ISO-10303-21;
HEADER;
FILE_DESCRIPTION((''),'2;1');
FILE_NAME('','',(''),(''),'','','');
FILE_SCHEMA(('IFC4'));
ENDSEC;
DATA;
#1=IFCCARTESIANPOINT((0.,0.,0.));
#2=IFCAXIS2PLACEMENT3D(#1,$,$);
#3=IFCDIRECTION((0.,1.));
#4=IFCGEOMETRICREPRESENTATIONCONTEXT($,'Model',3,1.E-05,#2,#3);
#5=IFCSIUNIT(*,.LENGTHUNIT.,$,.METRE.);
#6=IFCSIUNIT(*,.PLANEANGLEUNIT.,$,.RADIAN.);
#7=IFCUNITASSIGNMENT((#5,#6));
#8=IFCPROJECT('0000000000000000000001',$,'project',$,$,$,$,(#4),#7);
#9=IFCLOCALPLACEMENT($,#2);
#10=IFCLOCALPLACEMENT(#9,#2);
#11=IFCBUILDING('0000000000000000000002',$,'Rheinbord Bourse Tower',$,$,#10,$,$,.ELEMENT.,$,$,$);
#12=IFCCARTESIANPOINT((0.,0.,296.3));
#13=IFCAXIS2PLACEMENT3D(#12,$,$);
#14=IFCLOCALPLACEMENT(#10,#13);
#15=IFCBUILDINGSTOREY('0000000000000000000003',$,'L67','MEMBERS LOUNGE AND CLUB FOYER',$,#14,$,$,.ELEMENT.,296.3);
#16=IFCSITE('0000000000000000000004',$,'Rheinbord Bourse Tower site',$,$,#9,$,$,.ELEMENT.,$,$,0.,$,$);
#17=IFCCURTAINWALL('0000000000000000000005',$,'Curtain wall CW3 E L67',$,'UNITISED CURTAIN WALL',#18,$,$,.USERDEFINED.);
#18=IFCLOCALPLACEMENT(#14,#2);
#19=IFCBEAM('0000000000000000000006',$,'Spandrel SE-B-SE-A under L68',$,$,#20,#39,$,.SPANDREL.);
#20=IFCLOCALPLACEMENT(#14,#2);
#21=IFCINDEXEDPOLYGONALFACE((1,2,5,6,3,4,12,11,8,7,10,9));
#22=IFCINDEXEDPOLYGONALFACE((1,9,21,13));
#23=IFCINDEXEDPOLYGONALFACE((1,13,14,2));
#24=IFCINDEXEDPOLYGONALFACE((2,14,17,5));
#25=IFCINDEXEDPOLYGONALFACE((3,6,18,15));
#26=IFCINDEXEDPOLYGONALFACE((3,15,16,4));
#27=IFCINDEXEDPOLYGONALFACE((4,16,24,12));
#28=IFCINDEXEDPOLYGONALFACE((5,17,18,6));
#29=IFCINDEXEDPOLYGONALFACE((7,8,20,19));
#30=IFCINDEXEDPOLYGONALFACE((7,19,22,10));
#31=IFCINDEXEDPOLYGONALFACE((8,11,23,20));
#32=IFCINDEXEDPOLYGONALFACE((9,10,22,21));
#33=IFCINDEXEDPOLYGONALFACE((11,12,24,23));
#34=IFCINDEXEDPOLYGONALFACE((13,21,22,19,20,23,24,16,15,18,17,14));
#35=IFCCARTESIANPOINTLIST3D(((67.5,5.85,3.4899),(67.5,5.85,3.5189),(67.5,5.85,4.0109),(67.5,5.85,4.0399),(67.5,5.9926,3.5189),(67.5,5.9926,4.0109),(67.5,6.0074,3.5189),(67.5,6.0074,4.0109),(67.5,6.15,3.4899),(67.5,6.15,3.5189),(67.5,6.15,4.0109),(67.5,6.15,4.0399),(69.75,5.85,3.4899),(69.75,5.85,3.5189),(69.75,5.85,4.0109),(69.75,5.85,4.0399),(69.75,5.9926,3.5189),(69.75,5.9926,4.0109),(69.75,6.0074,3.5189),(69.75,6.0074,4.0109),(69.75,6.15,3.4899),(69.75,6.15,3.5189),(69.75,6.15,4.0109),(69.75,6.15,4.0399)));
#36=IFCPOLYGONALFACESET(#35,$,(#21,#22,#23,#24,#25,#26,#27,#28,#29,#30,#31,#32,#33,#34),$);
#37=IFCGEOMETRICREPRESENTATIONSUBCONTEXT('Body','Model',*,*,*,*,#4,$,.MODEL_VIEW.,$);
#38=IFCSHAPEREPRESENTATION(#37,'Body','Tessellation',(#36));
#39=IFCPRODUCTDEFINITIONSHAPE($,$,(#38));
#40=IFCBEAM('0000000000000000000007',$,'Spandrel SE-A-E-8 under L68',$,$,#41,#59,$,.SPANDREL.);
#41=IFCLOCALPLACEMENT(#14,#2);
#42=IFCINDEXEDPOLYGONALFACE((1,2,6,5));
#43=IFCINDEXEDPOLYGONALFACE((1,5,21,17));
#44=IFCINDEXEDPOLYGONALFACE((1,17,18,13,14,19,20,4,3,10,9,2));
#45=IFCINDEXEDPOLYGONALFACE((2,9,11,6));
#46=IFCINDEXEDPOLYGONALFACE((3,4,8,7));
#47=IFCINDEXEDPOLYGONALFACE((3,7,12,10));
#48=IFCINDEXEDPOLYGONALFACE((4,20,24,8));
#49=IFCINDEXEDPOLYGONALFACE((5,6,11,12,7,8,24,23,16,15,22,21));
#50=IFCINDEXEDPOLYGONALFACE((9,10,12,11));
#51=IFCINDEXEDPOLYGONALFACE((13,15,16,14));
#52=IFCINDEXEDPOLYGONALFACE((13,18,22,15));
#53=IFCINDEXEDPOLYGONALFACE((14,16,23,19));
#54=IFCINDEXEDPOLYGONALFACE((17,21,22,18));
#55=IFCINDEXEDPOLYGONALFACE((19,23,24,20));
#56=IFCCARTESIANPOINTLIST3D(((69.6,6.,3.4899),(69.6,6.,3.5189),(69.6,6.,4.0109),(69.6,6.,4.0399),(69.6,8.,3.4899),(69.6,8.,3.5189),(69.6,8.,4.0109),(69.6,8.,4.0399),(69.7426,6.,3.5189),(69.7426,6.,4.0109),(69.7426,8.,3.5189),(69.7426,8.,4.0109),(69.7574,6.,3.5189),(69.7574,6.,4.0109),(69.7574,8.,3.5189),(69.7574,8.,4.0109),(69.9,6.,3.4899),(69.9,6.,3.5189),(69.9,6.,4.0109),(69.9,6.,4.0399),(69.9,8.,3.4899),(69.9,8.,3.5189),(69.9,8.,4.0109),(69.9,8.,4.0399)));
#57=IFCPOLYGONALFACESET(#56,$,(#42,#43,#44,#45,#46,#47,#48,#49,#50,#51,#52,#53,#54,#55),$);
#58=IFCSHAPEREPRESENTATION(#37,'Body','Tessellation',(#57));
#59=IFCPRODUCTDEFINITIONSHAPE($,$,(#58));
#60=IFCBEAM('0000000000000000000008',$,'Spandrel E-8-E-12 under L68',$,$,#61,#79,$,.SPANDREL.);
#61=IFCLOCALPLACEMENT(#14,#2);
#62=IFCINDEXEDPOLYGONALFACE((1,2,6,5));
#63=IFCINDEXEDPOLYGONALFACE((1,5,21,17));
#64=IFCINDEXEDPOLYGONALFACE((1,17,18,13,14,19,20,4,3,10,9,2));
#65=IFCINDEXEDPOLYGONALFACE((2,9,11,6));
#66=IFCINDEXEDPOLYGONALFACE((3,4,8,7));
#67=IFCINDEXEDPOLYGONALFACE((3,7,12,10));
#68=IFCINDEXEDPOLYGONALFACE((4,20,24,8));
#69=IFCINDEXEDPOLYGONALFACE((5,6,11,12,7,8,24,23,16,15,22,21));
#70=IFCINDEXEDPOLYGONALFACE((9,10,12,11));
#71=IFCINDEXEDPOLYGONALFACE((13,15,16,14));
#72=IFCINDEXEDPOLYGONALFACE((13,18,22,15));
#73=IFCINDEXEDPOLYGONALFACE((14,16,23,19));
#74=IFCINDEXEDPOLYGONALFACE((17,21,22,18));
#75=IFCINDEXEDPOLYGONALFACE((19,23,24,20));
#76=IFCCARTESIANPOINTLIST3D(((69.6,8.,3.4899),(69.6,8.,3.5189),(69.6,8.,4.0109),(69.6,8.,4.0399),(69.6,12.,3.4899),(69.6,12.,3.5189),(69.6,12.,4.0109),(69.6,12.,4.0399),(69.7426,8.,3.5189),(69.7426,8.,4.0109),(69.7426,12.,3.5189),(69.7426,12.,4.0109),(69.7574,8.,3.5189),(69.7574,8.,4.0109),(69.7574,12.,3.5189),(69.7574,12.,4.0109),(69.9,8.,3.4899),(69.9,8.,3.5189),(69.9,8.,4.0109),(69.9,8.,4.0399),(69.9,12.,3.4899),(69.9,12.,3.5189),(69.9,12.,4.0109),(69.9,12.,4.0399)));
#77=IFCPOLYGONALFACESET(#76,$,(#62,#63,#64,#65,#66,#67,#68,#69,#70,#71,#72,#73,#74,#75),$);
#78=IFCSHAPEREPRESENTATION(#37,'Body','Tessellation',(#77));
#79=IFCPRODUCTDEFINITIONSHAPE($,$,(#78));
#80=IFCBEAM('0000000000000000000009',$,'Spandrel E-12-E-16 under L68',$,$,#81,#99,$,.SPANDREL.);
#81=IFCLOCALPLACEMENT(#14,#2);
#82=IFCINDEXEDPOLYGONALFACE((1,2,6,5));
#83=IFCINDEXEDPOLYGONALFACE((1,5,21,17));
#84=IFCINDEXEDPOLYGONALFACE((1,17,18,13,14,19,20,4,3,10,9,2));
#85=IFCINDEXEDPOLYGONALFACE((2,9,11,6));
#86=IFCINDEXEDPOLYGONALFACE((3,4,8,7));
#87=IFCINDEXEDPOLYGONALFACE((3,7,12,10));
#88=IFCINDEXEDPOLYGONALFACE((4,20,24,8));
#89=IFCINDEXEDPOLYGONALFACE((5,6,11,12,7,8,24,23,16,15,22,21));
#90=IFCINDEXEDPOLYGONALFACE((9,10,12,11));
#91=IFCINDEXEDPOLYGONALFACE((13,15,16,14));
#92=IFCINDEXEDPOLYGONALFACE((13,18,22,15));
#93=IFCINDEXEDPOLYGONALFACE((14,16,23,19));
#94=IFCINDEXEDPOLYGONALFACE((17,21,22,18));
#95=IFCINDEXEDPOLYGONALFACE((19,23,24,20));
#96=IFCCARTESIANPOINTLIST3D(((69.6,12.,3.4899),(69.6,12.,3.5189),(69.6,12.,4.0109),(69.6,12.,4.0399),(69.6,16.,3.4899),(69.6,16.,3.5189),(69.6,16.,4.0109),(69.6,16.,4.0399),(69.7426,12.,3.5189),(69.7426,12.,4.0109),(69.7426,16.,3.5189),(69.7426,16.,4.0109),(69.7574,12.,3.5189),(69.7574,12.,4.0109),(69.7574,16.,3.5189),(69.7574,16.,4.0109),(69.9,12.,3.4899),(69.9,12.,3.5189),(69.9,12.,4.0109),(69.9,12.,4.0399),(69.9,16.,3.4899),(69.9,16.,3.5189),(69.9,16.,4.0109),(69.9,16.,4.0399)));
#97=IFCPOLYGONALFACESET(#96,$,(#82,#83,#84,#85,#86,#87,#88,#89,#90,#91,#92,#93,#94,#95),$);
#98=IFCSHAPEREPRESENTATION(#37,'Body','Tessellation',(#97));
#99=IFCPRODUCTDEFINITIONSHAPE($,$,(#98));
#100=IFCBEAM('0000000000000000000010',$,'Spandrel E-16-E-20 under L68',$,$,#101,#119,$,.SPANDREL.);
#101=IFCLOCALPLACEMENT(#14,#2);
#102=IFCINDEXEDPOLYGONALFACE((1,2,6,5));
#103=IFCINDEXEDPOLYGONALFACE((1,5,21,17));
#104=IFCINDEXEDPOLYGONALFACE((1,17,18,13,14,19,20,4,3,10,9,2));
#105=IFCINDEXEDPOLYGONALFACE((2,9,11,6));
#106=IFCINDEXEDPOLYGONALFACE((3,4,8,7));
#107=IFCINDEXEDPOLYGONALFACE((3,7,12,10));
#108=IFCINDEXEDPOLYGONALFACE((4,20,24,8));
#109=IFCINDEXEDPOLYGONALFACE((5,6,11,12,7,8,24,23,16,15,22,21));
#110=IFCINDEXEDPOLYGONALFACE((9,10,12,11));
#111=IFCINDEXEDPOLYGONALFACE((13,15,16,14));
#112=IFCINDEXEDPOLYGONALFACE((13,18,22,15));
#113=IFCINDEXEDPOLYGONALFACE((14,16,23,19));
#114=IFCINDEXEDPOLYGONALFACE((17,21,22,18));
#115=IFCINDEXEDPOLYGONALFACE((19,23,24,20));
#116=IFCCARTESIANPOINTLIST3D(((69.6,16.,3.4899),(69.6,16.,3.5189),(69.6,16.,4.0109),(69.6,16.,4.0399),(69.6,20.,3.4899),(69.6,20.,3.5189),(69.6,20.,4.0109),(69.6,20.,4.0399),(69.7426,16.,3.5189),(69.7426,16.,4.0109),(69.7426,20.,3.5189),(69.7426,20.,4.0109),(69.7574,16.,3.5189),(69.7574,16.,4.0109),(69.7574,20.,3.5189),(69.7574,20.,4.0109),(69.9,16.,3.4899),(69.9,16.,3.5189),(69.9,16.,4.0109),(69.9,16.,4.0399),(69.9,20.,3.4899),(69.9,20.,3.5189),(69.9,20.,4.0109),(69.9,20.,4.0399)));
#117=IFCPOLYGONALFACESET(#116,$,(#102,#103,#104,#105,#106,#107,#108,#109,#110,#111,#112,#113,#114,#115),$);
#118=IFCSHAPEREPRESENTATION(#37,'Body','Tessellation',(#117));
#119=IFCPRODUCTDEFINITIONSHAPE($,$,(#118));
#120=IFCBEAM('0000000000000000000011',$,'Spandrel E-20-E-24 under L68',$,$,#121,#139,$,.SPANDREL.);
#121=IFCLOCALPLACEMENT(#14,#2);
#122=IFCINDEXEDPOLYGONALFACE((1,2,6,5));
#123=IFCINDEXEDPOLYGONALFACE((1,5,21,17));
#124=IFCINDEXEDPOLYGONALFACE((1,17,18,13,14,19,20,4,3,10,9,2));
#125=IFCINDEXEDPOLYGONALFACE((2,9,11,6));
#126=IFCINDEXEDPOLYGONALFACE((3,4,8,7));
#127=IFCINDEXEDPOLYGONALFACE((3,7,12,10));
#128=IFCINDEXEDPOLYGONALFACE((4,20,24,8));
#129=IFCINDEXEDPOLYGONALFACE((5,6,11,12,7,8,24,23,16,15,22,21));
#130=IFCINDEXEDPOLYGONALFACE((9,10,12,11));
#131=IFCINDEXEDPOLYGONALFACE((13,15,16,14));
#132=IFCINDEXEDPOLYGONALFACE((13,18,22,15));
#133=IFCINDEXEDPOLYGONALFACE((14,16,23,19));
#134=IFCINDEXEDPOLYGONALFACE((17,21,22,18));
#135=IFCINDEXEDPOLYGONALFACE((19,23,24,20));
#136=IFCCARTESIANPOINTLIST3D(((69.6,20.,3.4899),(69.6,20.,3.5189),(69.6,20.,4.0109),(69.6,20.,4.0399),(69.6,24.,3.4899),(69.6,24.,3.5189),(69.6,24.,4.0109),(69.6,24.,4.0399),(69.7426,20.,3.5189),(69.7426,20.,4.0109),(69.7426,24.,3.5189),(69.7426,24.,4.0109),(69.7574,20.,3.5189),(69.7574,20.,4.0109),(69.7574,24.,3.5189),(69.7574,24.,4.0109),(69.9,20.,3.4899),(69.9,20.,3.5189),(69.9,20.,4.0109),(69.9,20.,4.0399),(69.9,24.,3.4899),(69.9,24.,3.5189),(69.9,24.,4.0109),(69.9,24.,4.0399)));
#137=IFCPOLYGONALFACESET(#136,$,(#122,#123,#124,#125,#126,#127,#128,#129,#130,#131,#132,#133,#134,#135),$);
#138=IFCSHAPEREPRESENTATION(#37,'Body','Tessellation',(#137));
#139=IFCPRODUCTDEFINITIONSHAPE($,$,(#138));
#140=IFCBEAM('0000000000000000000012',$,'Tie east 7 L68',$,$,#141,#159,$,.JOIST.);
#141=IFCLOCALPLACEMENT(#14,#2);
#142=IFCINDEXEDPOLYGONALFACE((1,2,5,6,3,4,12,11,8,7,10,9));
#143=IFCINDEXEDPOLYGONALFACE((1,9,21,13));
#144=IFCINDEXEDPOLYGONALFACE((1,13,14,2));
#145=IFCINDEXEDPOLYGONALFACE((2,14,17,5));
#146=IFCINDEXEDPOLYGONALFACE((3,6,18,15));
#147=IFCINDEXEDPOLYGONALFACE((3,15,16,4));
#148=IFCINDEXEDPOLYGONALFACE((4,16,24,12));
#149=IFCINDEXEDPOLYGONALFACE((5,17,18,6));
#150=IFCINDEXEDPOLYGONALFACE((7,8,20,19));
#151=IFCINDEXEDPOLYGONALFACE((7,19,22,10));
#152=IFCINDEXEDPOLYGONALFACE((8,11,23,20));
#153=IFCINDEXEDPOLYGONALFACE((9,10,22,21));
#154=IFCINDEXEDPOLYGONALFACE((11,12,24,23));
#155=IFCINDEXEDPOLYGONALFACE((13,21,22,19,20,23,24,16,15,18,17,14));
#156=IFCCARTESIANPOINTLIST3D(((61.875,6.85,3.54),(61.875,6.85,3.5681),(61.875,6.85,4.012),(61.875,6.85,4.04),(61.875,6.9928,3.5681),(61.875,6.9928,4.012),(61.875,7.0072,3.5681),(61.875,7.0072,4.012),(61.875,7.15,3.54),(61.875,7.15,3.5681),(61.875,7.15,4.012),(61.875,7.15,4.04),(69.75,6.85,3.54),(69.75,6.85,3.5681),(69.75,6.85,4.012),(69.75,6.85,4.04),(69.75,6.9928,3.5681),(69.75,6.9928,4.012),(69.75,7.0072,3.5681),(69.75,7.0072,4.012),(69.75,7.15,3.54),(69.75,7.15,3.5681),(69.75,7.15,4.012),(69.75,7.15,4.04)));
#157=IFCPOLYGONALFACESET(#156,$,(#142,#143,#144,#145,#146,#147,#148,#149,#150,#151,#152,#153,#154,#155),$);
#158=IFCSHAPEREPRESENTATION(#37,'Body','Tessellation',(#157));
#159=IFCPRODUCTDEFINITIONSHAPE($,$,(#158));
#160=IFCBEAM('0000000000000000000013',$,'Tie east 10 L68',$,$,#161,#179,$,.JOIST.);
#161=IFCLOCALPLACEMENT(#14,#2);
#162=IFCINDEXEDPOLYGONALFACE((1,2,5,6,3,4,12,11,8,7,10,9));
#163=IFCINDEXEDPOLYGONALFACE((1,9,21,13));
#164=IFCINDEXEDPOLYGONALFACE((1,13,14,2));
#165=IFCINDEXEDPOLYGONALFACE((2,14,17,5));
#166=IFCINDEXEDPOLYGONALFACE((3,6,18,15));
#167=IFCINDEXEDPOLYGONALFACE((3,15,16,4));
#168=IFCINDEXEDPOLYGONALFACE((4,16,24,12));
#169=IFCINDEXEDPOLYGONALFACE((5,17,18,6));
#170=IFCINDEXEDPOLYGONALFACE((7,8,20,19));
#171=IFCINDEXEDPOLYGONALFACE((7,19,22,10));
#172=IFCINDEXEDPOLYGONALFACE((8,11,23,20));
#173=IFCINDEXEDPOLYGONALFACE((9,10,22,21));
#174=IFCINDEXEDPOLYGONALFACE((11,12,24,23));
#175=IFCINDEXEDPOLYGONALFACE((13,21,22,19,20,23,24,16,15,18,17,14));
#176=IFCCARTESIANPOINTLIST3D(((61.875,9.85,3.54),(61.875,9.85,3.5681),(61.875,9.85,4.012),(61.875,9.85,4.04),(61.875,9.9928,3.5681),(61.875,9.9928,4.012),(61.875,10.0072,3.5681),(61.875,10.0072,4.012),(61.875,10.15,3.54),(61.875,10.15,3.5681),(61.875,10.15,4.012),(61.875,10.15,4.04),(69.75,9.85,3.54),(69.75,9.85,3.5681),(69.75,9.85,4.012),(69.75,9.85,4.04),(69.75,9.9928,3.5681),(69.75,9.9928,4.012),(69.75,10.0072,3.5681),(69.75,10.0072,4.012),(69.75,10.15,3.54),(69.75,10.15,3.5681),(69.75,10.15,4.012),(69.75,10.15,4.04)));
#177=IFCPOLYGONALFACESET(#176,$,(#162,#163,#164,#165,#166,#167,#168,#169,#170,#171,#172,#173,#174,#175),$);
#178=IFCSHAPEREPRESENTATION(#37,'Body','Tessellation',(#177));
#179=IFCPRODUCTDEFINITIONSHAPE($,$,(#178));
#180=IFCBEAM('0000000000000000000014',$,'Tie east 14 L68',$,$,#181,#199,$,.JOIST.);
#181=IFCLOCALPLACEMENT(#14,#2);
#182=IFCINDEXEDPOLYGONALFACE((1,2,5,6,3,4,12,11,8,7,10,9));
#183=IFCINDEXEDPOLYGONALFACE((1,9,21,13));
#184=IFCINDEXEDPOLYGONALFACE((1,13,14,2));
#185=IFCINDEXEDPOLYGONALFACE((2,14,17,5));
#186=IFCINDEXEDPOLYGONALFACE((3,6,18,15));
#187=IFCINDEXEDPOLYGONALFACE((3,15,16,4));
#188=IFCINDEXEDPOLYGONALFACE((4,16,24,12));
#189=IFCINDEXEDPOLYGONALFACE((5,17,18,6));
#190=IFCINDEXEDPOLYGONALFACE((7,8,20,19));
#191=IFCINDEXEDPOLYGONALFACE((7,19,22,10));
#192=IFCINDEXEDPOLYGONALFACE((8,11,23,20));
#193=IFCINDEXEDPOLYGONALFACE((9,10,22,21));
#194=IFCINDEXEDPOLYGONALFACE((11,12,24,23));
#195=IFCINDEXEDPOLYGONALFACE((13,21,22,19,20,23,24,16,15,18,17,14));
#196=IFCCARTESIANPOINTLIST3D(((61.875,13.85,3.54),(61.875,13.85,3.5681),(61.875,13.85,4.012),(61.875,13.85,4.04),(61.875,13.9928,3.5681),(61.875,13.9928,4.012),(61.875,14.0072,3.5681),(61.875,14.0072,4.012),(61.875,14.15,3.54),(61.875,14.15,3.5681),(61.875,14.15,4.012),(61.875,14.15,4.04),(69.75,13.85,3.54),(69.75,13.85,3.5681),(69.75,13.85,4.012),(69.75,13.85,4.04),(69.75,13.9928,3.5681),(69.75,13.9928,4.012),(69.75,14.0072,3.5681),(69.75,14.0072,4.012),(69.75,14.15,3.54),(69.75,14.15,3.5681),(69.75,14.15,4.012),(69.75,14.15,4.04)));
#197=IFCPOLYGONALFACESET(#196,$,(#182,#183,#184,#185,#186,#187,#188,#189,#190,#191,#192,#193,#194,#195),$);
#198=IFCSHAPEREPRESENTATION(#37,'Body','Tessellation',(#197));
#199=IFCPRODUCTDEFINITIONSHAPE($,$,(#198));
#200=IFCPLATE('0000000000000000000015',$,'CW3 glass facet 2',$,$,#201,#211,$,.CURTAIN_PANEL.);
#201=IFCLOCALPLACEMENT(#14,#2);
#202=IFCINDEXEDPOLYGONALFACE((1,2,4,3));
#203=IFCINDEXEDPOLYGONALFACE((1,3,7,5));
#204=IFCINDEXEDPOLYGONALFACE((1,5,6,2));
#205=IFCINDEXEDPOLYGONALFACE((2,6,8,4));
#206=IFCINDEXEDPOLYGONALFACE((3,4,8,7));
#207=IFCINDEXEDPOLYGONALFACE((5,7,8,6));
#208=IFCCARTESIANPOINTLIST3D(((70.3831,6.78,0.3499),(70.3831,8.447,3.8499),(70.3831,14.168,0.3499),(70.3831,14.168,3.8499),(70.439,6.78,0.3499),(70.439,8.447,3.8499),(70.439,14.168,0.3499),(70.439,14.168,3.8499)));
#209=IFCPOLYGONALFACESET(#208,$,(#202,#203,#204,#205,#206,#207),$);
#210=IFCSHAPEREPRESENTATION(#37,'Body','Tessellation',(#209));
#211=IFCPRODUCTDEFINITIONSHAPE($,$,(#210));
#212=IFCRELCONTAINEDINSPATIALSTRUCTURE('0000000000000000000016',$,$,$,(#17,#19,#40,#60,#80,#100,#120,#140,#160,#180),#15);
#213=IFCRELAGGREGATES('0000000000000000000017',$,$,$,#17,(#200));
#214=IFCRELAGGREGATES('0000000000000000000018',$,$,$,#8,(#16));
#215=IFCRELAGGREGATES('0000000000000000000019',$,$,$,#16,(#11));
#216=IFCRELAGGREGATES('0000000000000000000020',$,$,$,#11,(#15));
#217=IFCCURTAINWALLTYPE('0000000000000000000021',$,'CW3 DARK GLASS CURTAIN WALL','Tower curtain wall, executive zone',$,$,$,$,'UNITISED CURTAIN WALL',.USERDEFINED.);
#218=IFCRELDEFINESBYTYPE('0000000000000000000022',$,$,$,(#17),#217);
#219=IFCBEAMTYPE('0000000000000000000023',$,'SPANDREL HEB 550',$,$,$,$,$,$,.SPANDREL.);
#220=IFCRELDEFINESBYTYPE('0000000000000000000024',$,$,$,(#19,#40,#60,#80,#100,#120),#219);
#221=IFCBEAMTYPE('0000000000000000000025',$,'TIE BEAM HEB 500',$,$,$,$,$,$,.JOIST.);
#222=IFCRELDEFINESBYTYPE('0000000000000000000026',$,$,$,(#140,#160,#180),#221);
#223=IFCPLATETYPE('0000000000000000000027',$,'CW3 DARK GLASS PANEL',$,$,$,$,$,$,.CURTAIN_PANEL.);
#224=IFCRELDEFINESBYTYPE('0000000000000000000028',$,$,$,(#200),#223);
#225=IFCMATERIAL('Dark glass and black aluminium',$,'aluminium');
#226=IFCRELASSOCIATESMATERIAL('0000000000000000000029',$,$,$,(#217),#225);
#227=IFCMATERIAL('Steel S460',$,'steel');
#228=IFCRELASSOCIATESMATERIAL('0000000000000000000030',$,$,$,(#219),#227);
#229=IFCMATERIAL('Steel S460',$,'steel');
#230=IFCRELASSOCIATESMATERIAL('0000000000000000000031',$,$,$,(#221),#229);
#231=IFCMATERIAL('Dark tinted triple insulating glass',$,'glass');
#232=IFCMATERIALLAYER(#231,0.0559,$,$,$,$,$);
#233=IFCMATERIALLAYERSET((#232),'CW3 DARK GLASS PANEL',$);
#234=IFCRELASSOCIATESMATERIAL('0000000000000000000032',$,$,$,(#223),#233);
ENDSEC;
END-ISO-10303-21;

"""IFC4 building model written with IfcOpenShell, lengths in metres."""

from ifc_helpers import new_model, si_unit, direction, frame, origin, origin_2d, place, context, subcontext, project, spatial, polyline, i_section, outline, extrude, material, layer, layer_set, material_profile, profile_set, type_object, element, aggregate, save


model = new_model("IFC4")

# Units and contexts
model_context = context("Model", 3, precision=1e-05, world=origin(), true_north=direction((0.0, 1.0)))
body_context = subcontext(model_context, "Body", "Model", "MODEL_VIEW")
ifc_project = project(units=[si_unit("LENGTHUNIT", "METRE"), si_unit("PLANEANGLEUNIT", "RADIAN")], contexts=[model_context])

# Site, building, storey
site_placement = place(None, origin())
site = spatial("IfcSite", under=ifc_project, at=site_placement, Name="Rheinbord Bourse Tower site", CompositionType="ELEMENT", RefElevation=0.0)
building_placement = place(site_placement, origin())
building = spatial("IfcBuilding", under=site, at=building_placement, Name="Rheinbord Bourse Tower", CompositionType="ELEMENT")
storey_placement = place(building_placement, frame((0.0, 0.0, 296.3)))
storey = spatial("IfcBuildingStorey", under=building, at=storey_placement, Name="L67", Description="MEMBERS LOUNGE AND CLUB FOYER", CompositionType="ELEMENT", Elevation=296.3)

# Curtain wall
ifc_material_1 = material(Name="Dark glass and black aluminium", Category="aluminium")
curtain_wall_type = type_object("IfcCurtainWallType", Name="CW3 DARK GLASS CURTAIN WALL", Description="Tower curtain wall, executive zone", ElementType="UNITISED CURTAIN WALL", PredefinedType="USERDEFINED", material=ifc_material_1)
curtain_wall_placement = place(storey_placement, origin())
curtain_wall = element("IfcCurtainWall", 1, at=curtain_wall_placement, inside=storey, type_object=curtain_wall_type, Name="Curtain wall CW3 E L67", ObjectType="UNITISED CURTAIN WALL", PredefinedType="USERDEFINED")

# Beams
ifc_material_2 = material(Name="Steel S460", Category="steel")
ifc_material_profile_1 = material_profile(ifc_material_2, i_section(OverallWidth=0.3, OverallDepth=0.55, WebThickness=0.0149, FlangeThickness=0.0291, at=origin_2d()), Name="HEB 550")
ifc_profile_set_1 = profile_set([ifc_material_profile_1], Name="Steel S460")
beam_type_1 = type_object("IfcBeamType", Name="SPANDREL HEB 550", PredefinedType="SPANDREL", material=ifc_profile_set_1)
beam_1_placement = place(storey_placement, frame((67.5, 6.0, 3.7649), z_axis=(1.0, 0.0, 0.0), x_axis=(0.0, 1.0, 0.0)))
element("IfcBeam", 2, at=beam_1_placement, inside=storey, type_object=beam_type_1, Name="Spandrel SE-B-SE-A under L68", PredefinedType="SPANDREL", context=body_context, shape_type="SweptSolid", body=[
    extrude(i_section(OverallWidth=0.3, OverallDepth=0.55, WebThickness=0.0149, FlangeThickness=0.0291, at=origin_2d()), origin(), (0.0, 0.0, 1.0), 2.25),
])
beam_2_placement = place(storey_placement, frame((69.75, 6.0, 3.7649), z_axis=(0.0, 1.0, 0.0), x_axis=(-1.0, 0.0, 0.0)))
element("IfcBeam", 3, at=beam_2_placement, inside=storey, type_object=beam_type_1, Name="Spandrel SE-A-E-8 under L68", PredefinedType="SPANDREL", context=body_context, shape_type="SweptSolid", body=[
    extrude(i_section(OverallWidth=0.3, OverallDepth=0.55, WebThickness=0.0149, FlangeThickness=0.0291, at=origin_2d()), origin(), (0.0, 0.0, 1.0), 2.0),
])
for number, where, z_axis, x_axis, name in (
    (4, (69.75, 8.0, 3.7649), (0.0, 1.0, 0.0), (-1.0, 0.0, 0.0), "Spandrel E-8-E-12 under L68"),
    (5, (69.75, 12.0, 3.7649), (0.0, 1.0, 0.0), (-1.0, 0.0, 0.0), "Spandrel E-12-E-16 under L68"),
    (6, (69.75, 16.0, 3.7649), (0.0, 1.0, 0.0), (-1.0, 0.0, 0.0), "Spandrel E-16-E-20 under L68"),
    (7, (69.75, 20.0, 3.7649), (0.0, 1.0, 0.0), (-1.0, 0.0, 0.0), "Spandrel E-20-E-24 under L68"),
):
    element("IfcBeam", number, at=place(storey_placement, frame(where, z_axis=z_axis, x_axis=x_axis)), inside=storey, type_object=beam_type_1, Name=name, PredefinedType="SPANDREL", context=body_context, shape_type="SweptSolid", body=[
        extrude(i_section(OverallWidth=0.3, OverallDepth=0.55, WebThickness=0.0149, FlangeThickness=0.0291, at=origin_2d()), origin(), (0.0, 0.0, 1.0), 4.0),
    ])
ifc_material_3 = material(Name="Steel S460", Category="steel")
ifc_material_profile_2 = material_profile(ifc_material_3, i_section(OverallWidth=0.3, OverallDepth=0.5, WebThickness=0.0144, FlangeThickness=0.0281, at=origin_2d()), Name="HEB 500")
ifc_profile_set_2 = profile_set([ifc_material_profile_2], Name="Steel S460")
beam_type_2 = type_object("IfcBeamType", Name="TIE BEAM HEB 500", PredefinedType="JOIST", material=ifc_profile_set_2)
for number, where, z_axis, x_axis, name in (
    (8, (61.875, 7.0, 3.79), (1.0, 0.0, 0.0), (0.0, 1.0, 0.0), "Tie east 7 L68"),
    (9, (61.875, 10.0, 3.79), (1.0, 0.0, 0.0), (0.0, 1.0, 0.0), "Tie east 10 L68"),
    (10, (61.875, 14.0, 3.79), (1.0, 0.0, 0.0), (0.0, 1.0, 0.0), "Tie east 14 L68"),
):
    element("IfcBeam", number, at=place(storey_placement, frame(where, z_axis=z_axis, x_axis=x_axis)), inside=storey, type_object=beam_type_2, Name=name, PredefinedType="JOIST", context=body_context, shape_type="SweptSolid", body=[
        extrude(i_section(OverallWidth=0.3, OverallDepth=0.5, WebThickness=0.0144, FlangeThickness=0.0281, at=origin_2d()), origin(), (0.0, 0.0, 1.0), 7.875),
    ])

# Plate
ifc_material_4 = material(Name="Dark tinted triple insulating glass", Category="glass")
ifc_layer_1 = layer(ifc_material_4, 0.0559)
ifc_layer_set_1 = layer_set([ifc_layer_1], Name="CW3 DARK GLASS PANEL")
plate_type = type_object("IfcPlateType", Name="CW3 DARK GLASS PANEL", PredefinedType="CURTAIN_PANEL", material=ifc_layer_set_1)
plate_1_placement = place(storey_placement, frame((70.439, 14.168, 3.8499), z_axis=(-1.0, 0.0, 0.0), x_axis=(0.0, 0.0, -1.0)))
plate_1 = element("IfcPlate", 11, at=plate_1_placement, type_object=plate_type, Name="CW3 glass facet 2", PredefinedType="CURTAIN_PANEL", context=body_context, shape_type="SweptSolid", body=[
    extrude(outline(polyline([(0.0, 0.0), (3.5, 0.0), (3.5, 7.3879), (0.0, 5.7209), (0.0, 0.0)])), origin(), (0.0, 0.0, 1.0), 0.0559),
])
aggregate(curtain_wall, [plate_1])

save(model, "model.ifc")
